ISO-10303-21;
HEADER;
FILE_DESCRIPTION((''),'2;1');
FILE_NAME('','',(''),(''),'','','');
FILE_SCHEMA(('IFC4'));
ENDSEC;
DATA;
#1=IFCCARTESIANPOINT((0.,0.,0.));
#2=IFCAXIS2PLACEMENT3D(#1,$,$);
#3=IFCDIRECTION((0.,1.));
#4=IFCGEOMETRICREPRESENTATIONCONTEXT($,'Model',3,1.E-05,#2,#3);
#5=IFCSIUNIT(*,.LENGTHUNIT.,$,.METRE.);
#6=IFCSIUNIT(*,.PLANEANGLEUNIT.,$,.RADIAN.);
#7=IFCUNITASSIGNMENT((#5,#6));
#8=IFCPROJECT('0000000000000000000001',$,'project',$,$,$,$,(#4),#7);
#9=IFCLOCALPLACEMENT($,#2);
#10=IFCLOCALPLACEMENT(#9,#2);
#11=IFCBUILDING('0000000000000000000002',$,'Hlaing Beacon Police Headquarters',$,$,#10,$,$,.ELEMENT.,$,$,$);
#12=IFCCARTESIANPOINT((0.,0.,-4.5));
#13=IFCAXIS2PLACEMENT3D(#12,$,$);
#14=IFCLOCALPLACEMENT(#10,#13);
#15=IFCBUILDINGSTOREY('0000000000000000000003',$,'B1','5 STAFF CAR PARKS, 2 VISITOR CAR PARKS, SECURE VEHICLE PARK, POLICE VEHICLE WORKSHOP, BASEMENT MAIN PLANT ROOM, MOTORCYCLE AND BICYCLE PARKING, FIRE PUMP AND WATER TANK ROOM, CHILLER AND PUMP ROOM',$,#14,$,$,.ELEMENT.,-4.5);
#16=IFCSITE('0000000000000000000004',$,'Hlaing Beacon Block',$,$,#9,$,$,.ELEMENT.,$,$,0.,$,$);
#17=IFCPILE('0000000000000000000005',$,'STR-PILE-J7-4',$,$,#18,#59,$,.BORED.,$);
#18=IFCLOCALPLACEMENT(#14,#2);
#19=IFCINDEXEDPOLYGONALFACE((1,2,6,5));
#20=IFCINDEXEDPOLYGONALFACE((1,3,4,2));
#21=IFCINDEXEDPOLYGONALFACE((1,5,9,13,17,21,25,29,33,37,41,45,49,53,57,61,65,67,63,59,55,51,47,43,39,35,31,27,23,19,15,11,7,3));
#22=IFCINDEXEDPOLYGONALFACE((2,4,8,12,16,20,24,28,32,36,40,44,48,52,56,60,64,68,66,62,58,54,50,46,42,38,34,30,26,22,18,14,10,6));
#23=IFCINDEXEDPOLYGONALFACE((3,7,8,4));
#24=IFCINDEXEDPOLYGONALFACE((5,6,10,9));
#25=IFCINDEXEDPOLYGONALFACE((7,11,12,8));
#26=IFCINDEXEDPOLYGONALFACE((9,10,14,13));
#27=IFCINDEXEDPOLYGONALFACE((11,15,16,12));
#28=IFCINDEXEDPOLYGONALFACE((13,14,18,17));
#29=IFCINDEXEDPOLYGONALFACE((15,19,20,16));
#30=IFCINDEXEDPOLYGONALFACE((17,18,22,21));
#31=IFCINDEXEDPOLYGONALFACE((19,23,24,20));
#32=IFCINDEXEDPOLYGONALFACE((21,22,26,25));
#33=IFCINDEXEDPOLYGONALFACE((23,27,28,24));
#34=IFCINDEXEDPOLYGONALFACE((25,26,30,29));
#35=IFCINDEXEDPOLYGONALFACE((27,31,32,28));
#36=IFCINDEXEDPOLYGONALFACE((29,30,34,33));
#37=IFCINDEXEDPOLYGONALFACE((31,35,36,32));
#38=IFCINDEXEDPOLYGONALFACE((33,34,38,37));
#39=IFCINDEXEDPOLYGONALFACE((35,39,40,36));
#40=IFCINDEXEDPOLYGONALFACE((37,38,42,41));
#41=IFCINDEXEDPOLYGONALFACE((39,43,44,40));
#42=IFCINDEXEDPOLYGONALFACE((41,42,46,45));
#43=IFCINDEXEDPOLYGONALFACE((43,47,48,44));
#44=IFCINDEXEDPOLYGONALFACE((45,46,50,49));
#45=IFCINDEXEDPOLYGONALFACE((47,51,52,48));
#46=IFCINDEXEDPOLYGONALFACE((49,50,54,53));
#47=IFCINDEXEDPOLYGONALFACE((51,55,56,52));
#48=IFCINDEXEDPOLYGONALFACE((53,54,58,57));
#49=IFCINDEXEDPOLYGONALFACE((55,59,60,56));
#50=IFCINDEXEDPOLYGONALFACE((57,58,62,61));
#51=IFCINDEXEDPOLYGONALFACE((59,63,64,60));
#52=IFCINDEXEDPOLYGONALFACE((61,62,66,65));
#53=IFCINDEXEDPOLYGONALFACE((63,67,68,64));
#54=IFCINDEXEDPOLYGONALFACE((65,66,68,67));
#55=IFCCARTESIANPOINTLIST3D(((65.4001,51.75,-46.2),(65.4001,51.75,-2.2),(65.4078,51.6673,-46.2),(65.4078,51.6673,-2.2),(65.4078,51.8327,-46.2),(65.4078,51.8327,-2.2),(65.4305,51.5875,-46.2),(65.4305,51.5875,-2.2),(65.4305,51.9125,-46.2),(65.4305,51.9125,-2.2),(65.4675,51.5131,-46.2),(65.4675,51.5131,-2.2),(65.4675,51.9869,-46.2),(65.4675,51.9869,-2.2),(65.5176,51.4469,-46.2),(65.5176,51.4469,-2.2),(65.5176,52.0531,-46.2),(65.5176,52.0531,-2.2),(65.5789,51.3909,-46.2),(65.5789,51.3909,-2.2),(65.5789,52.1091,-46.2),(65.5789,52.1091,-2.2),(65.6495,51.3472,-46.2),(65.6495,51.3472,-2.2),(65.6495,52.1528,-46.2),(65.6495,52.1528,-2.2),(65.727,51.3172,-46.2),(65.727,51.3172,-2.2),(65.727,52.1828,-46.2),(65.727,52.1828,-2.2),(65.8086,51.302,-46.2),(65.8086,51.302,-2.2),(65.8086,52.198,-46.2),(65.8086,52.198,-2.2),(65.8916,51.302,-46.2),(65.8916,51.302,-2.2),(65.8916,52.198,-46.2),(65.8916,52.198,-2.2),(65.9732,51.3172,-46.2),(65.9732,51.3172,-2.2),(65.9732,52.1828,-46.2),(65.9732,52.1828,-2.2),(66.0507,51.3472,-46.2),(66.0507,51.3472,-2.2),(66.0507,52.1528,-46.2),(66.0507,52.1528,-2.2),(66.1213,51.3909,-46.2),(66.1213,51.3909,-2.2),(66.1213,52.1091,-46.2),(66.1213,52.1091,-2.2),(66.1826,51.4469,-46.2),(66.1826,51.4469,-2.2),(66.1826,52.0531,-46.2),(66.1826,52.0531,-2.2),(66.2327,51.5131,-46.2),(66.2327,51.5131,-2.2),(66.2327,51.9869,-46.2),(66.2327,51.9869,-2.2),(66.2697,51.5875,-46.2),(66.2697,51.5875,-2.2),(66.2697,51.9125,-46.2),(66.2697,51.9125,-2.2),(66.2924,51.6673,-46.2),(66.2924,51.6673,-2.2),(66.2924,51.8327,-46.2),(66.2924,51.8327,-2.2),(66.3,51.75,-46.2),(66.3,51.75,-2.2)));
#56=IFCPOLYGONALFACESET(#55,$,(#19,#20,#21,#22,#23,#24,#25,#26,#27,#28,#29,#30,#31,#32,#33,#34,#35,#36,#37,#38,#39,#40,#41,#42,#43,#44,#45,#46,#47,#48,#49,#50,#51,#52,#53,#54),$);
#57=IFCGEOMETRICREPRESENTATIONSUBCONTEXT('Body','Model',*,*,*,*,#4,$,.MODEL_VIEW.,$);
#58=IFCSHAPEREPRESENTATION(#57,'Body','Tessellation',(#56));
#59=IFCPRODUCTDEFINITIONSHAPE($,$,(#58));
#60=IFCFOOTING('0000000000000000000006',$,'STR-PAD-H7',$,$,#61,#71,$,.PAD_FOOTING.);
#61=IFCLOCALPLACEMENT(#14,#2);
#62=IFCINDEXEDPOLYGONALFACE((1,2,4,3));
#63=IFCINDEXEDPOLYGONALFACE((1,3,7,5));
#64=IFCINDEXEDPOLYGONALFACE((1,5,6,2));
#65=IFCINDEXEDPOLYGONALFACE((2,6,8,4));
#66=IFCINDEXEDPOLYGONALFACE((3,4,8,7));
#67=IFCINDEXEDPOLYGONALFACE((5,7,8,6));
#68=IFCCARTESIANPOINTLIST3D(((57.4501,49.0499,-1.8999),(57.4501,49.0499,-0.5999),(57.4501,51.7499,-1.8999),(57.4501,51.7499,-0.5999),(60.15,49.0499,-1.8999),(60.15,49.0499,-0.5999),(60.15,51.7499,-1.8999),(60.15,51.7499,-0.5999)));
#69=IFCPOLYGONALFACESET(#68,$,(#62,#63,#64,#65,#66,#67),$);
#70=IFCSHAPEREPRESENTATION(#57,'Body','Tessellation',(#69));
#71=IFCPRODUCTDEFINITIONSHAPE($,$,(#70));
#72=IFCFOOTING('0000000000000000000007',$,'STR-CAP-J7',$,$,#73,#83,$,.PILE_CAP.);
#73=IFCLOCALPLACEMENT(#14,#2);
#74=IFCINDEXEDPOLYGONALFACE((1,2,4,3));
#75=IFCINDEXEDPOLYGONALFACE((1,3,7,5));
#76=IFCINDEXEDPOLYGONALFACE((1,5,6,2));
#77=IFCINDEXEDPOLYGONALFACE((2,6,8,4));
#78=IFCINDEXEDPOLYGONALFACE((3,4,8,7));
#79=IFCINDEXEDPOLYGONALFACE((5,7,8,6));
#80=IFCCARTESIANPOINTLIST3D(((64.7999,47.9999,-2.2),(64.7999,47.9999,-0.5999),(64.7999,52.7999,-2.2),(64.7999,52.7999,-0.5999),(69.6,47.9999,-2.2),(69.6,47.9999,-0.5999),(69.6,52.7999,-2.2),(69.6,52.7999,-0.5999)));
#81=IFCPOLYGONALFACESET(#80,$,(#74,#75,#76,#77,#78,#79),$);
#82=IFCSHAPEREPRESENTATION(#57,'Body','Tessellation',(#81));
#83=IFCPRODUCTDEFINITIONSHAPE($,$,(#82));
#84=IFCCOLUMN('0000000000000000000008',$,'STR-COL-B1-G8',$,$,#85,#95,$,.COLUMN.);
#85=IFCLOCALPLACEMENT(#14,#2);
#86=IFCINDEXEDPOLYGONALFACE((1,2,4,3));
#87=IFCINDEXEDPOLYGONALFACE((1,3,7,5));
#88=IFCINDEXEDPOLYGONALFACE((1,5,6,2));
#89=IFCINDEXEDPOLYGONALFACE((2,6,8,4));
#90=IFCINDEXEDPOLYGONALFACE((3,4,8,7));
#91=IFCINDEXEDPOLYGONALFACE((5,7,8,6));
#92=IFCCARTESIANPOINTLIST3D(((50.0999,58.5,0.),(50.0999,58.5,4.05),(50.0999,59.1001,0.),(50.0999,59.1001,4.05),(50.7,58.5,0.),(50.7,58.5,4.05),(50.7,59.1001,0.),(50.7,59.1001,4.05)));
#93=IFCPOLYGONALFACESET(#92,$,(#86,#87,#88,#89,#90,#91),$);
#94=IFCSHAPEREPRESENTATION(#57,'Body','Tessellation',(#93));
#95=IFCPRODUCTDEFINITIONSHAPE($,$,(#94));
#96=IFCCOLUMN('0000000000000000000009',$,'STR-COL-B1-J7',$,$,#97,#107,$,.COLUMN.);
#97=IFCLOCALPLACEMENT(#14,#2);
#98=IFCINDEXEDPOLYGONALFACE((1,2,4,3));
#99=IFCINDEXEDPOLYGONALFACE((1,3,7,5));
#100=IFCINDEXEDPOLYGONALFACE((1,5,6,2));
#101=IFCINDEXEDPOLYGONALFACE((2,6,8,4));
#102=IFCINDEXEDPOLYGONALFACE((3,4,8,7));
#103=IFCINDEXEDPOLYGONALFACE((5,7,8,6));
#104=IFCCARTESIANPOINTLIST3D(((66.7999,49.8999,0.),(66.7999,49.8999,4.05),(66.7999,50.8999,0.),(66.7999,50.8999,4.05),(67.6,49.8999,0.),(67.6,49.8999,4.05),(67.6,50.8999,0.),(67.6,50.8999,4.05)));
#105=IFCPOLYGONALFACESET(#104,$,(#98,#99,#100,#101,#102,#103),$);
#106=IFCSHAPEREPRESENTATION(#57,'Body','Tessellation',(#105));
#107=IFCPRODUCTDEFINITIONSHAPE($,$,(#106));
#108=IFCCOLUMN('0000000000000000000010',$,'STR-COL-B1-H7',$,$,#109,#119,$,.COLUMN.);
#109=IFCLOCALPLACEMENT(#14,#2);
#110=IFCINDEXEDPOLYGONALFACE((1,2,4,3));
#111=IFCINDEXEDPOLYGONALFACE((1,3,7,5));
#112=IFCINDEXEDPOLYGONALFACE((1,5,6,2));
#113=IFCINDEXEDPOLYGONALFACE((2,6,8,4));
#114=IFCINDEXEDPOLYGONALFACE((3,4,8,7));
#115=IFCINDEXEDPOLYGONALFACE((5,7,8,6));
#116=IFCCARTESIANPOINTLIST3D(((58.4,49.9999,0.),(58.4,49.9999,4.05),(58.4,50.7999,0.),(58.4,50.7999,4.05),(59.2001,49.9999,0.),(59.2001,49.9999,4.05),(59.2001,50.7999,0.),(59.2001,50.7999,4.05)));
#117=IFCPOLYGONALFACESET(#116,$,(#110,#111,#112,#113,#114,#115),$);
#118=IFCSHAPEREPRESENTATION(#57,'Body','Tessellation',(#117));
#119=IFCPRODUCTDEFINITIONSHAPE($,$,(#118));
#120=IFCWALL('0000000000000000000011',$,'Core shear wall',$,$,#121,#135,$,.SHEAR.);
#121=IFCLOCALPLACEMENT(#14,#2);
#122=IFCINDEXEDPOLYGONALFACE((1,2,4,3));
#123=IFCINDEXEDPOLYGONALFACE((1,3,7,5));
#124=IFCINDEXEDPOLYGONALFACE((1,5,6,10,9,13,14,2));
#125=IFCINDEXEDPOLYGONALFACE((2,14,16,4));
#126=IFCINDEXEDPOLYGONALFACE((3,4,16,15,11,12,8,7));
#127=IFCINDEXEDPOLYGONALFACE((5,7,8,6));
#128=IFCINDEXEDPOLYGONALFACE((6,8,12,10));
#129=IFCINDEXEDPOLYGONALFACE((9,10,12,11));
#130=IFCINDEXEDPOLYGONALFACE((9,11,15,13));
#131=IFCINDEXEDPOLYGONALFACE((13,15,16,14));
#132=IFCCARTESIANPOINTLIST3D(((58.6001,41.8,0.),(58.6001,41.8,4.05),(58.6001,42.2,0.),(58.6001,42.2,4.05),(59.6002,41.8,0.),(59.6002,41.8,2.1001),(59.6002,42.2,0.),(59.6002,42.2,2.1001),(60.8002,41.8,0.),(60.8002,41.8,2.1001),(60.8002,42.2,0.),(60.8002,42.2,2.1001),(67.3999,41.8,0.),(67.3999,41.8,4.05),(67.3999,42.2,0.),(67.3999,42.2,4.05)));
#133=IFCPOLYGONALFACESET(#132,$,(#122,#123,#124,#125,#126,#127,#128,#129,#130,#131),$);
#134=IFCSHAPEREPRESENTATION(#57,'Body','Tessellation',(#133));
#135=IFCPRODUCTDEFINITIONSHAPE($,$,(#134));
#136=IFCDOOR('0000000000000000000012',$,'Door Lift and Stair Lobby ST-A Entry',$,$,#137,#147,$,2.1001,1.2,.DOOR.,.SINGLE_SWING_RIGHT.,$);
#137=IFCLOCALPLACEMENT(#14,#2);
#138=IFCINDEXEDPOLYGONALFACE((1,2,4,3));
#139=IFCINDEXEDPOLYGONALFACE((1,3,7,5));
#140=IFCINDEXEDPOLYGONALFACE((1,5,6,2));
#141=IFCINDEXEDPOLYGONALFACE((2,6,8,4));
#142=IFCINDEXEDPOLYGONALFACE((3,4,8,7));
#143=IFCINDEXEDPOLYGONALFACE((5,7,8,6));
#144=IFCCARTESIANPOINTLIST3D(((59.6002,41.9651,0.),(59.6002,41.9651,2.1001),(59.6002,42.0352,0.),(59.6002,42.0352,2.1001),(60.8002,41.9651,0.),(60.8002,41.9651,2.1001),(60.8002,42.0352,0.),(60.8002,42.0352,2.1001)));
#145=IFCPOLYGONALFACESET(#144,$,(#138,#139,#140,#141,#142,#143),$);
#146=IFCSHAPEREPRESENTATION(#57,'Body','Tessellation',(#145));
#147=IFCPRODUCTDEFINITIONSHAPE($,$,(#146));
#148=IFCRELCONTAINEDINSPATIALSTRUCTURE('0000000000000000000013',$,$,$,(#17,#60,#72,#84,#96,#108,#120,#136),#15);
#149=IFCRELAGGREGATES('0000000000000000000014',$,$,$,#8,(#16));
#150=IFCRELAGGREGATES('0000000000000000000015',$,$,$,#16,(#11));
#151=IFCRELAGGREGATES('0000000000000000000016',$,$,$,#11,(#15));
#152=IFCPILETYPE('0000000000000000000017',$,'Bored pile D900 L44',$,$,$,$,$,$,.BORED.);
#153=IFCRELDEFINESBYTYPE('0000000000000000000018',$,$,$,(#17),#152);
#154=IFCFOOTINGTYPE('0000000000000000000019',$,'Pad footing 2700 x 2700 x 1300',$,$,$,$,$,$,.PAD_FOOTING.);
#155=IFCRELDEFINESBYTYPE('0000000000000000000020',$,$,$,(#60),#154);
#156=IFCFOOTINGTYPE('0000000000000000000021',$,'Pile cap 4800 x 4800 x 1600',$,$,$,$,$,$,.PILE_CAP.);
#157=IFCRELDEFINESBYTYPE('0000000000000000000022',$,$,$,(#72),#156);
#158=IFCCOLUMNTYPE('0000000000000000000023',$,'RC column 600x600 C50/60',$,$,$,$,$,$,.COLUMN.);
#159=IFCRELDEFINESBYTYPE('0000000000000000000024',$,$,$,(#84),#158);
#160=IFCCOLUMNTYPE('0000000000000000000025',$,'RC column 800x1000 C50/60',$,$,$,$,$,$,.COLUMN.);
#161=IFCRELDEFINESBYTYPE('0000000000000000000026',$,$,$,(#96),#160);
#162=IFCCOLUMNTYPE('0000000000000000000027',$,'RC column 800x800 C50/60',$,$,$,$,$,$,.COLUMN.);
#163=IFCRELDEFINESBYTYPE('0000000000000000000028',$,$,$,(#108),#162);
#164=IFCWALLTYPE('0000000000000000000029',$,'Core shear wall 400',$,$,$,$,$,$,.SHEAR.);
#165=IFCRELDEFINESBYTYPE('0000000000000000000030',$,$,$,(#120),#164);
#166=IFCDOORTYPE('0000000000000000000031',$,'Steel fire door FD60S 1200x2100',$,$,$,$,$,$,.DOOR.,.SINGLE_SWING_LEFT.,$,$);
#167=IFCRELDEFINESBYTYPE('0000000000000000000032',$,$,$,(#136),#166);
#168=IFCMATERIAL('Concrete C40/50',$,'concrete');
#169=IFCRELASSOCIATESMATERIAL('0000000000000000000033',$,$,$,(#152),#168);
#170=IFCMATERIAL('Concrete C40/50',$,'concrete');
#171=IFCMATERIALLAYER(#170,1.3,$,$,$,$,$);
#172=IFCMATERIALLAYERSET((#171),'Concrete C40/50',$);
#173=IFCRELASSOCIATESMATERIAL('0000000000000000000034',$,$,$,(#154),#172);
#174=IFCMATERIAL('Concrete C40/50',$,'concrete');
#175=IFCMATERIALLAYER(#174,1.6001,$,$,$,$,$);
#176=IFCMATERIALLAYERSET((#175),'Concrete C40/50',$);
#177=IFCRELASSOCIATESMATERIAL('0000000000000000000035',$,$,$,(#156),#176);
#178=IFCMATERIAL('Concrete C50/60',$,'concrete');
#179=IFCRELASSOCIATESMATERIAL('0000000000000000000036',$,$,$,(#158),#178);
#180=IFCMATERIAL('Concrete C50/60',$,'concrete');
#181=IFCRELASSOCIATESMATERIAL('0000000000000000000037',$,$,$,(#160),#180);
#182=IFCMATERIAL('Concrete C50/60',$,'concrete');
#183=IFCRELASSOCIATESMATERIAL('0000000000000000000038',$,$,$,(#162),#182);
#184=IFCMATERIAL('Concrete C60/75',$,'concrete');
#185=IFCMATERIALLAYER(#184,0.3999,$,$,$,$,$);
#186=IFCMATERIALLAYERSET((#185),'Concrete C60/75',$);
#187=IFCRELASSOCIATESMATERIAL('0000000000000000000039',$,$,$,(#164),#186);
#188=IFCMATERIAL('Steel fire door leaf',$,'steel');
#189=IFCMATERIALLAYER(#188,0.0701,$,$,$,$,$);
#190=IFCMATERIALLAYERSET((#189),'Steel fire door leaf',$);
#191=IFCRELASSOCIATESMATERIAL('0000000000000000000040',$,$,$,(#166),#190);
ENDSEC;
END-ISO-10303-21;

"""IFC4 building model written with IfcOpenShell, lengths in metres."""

from ifc_helpers import new_model, si_unit, direction, frame, frame_2d, origin, origin_2d, place, context, subcontext, project, spatial, rectangle, circle, extrude, material, layer, layer_set, material_profile, profile_set, type_object, element, fill, save


model = new_model("IFC4")

# Units and contexts
model_context = context("Model", 3, precision=1e-05, world=origin(), true_north=direction((0.0, 1.0)))
body_context = subcontext(model_context, "Body", "Model", "MODEL_VIEW")
ifc_project = project(units=[si_unit("LENGTHUNIT", "METRE"), si_unit("PLANEANGLEUNIT", "RADIAN")], contexts=[model_context])

# Site, building, storey
site_placement = place(None, origin())
site = spatial("IfcSite", under=ifc_project, at=site_placement, Name="Hlaing Beacon Block", CompositionType="ELEMENT", RefElevation=0.0)
building_placement = place(site_placement, origin())
building = spatial("IfcBuilding", under=site, at=building_placement, Name="Hlaing Beacon Police Headquarters", CompositionType="ELEMENT")
storey_placement = place(building_placement, frame((0.0, 0.0, -4.5)))
storey = spatial("IfcBuildingStorey", under=building, at=storey_placement, Name="B1", Description="5 STAFF CAR PARKS, 2 VISITOR CAR PARKS, SECURE VEHICLE PARK, POLICE VEHICLE WORKSHOP, BASEMENT MAIN PLANT ROOM, MOTORCYCLE AND BICYCLE PARKING, FIRE PUMP AND WATER TANK ROOM, CHILLER AND PUMP ROOM", CompositionType="ELEMENT", Elevation=-4.5)

# Pile
ifc_material_1 = material(Name="Concrete C40/50", Category="concrete")
ifc_material_profile_1 = material_profile(ifc_material_1, circle(Radius=0.45, at=origin_2d()), Name="D900")
ifc_profile_set_1 = profile_set([ifc_material_profile_1], Name="Concrete C40/50")
pile_type_1 = type_object("IfcPileType", Name="Bored pile D900 L44", PredefinedType="BORED", material=ifc_profile_set_1)
for number, where, z_axis, x_axis, name in (
    (1, (65.8501, 51.75, -2.2), (0.0, 0.0, -1.0), (1.0, 0.0, 0.0), "STR-PILE-J7-4"),
):
    element("IfcPile", number, at=place(storey_placement, frame(where, z_axis=z_axis, x_axis=x_axis)), inside=storey, type_object=pile_type_1, Name=name, PredefinedType="BORED", context=body_context, shape_type="SweptSolid", body=[
        extrude(circle(Radius=0.45, at=origin_2d()), origin(), (0.0, 0.0, 1.0), 44.0),
    ])

# Footings
ifc_material_2 = material(Name="Concrete C40/50", Category="concrete")
ifc_layer_1 = layer(ifc_material_2, 1.3)
ifc_layer_set_1 = layer_set([ifc_layer_1], Name="Concrete C40/50")
footing_type_1 = type_object("IfcFootingType", Name="Pad footing 2700 x 2700 x 1300", PredefinedType="PAD_FOOTING", material=ifc_layer_set_1)
footing_1_placement = place(storey_placement, frame((58.8, 50.3999, -1.8999), z_axis=(0.0, 0.0, 1.0), x_axis=(1.0, 0.0, 0.0)))
element("IfcFooting", 2, at=footing_1_placement, inside=storey, type_object=footing_type_1, Name="STR-PAD-H7", PredefinedType="PAD_FOOTING", context=body_context, shape_type="SweptSolid", body=[
    extrude(rectangle(XDim=2.7, YDim=2.7, at=origin_2d()), origin(), (0.0, 0.0, 1.0), 1.3),
])
ifc_material_3 = material(Name="Concrete C40/50", Category="concrete")
ifc_layer_2 = layer(ifc_material_3, 1.6001)
ifc_layer_set_2 = layer_set([ifc_layer_2], Name="Concrete C40/50")
footing_type_2 = type_object("IfcFootingType", Name="Pile cap 4800 x 4800 x 1600", PredefinedType="PILE_CAP", material=ifc_layer_set_2)
footing_2_placement = place(storey_placement, frame((67.2, 50.3999, -2.2), z_axis=(0.0, 0.0, 1.0), x_axis=(1.0, 0.0, 0.0)))
element("IfcFooting", 3, at=footing_2_placement, inside=storey, type_object=footing_type_2, Name="STR-CAP-J7", PredefinedType="PILE_CAP", context=body_context, shape_type="SweptSolid", body=[
    extrude(rectangle(XDim=4.8, YDim=4.8, at=origin_2d()), origin(), (0.0, 0.0, 1.0), 1.6001),
])

# Columns
ifc_material_4 = material(Name="Concrete C50/60", Category="concrete")
ifc_material_profile_2 = material_profile(ifc_material_4, rectangle(XDim=0.6001, YDim=0.6001, at=origin_2d()), Name="600x600")
ifc_profile_set_2 = profile_set([ifc_material_profile_2], Name="Concrete C50/60")
column_type_1 = type_object("IfcColumnType", Name="RC column 600x600 C50/60", PredefinedType="COLUMN", material=ifc_profile_set_2)
column_1_placement = place(storey_placement, frame((50.3999, 58.8, 0.0), z_axis=(0.0, 0.0, 1.0), x_axis=(1.0, 0.0, 0.0)))
element("IfcColumn", 4, at=column_1_placement, inside=storey, type_object=column_type_1, Name="STR-COL-B1-G8", PredefinedType="COLUMN", context=body_context, shape_type="SweptSolid", body=[
    extrude(rectangle(XDim=0.6001, YDim=0.6001, at=origin_2d()), origin(), (0.0, 0.0, 1.0), 4.05),
])
ifc_material_5 = material(Name="Concrete C50/60", Category="concrete")
ifc_material_profile_3 = material_profile(ifc_material_5, rectangle(XDim=0.8, YDim=1.0, at=origin_2d()), Name="800x1000")
ifc_profile_set_3 = profile_set([ifc_material_profile_3], Name="Concrete C50/60")
column_type_2 = type_object("IfcColumnType", Name="RC column 800x1000 C50/60", PredefinedType="COLUMN", material=ifc_profile_set_3)
column_2_placement = place(storey_placement, frame((67.2, 50.3999, 0.0), z_axis=(0.0, 0.0, 1.0), x_axis=(1.0, 0.0, 0.0)))
element("IfcColumn", 5, at=column_2_placement, inside=storey, type_object=column_type_2, Name="STR-COL-B1-J7", PredefinedType="COLUMN", context=body_context, shape_type="SweptSolid", body=[
    extrude(rectangle(XDim=0.8, YDim=1.0, at=origin_2d()), origin(), (0.0, 0.0, 1.0), 4.05),
])
ifc_material_6 = material(Name="Concrete C50/60", Category="concrete")
ifc_material_profile_4 = material_profile(ifc_material_6, rectangle(XDim=0.8, YDim=0.8, at=origin_2d()), Name="800x800")
ifc_profile_set_4 = profile_set([ifc_material_profile_4], Name="Concrete C50/60")
column_type_3 = type_object("IfcColumnType", Name="RC column 800x800 C50/60", PredefinedType="COLUMN", material=ifc_profile_set_4)
column_3_placement = place(storey_placement, frame((58.8, 50.3999, 0.0), z_axis=(0.0, 0.0, 1.0), x_axis=(1.0, 0.0, 0.0)))
element("IfcColumn", 6, at=column_3_placement, inside=storey, type_object=column_type_3, Name="STR-COL-B1-H7", PredefinedType="COLUMN", context=body_context, shape_type="SweptSolid", body=[
    extrude(rectangle(XDim=0.8, YDim=0.8, at=origin_2d()), origin(), (0.0, 0.0, 1.0), 4.05),
])

# Wall, opening, door
ifc_material_7 = material(Name="Concrete C60/75", Category="concrete")
ifc_layer_3 = layer(ifc_material_7, 0.3999)
ifc_layer_set_3 = layer_set([ifc_layer_3], Name="Concrete C60/75")
wall_type = type_object("IfcWallType", Name="Core shear wall 400", PredefinedType="SHEAR", material=ifc_layer_set_3)
wall_1_placement = place(storey_placement, frame((58.6001, 42.0, 0.0), z_axis=(0.0, 0.0, 1.0), x_axis=(1.0, 0.0, 0.0)))
wall_1 = element("IfcWall", 7, at=wall_1_placement, inside=storey, type_object=wall_type, Name="Core shear wall", PredefinedType="SHEAR", context=body_context, shape_type="SweptSolid", body=[
    extrude(rectangle(XDim=8.7998, YDim=0.3999, at=frame_2d((4.3999, 0.0))), origin(), (0.0, 0.0, 1.0), 4.05),
])
opening_1_placement = place(wall_1_placement, frame((1.0, 0.0, 0.0)))
opening_1 = element("IfcOpeningElement", 8, at=opening_1_placement, cuts=wall_1, PredefinedType="OPENING", context=body_context, shape_type="SweptSolid", body=[
    extrude(rectangle(XDim=1.2, YDim=2.1001, at=frame_2d((0.6001, 1.05))), frame((0.0, 0.21, 0.0), z_axis=(0.0, -1.0, 0.0), x_axis=(1.0, 0.0, 0.0)), (0.0, 0.0, 1.0), 0.4199),
])
ifc_material_8 = material(Name="Steel fire door leaf", Category="steel")
ifc_layer_4 = layer(ifc_material_8, 0.0701)
ifc_layer_set_4 = layer_set([ifc_layer_4], Name="Steel fire door leaf")
door_type = type_object("IfcDoorType", Name="Steel fire door FD60S 1200x2100", OperationType="SINGLE_SWING_LEFT", PredefinedType="DOOR", material=ifc_layer_set_4)
door_1_placement = place(opening_1_placement, frame((1.2, 0.0, 0.0), z_axis=(0.0, 0.0, 1.0), x_axis=(-1.0, 0.0, 0.0)))
door_1 = element("IfcDoor", 9, at=door_1_placement, inside=storey, type_object=door_type, Name="Door Lift and Stair Lobby ST-A Entry", OperationType="SINGLE_SWING_RIGHT", OverallHeight=2.1001, OverallWidth=1.2, PredefinedType="DOOR", context=body_context, shape_type="SweptSolid", body=[
    extrude(rectangle(XDim=1.2, YDim=2.1001, at=frame_2d((0.5999, 1.05))), frame((0.0, 0.0349, 0.0), z_axis=(0.0, -1.0, 0.0), x_axis=(1.0, 0.0, 0.0)), (0.0, 0.0, 1.0), 0.0701),
])
fill(opening_1, door_1)

save(model, "model.ifc")
